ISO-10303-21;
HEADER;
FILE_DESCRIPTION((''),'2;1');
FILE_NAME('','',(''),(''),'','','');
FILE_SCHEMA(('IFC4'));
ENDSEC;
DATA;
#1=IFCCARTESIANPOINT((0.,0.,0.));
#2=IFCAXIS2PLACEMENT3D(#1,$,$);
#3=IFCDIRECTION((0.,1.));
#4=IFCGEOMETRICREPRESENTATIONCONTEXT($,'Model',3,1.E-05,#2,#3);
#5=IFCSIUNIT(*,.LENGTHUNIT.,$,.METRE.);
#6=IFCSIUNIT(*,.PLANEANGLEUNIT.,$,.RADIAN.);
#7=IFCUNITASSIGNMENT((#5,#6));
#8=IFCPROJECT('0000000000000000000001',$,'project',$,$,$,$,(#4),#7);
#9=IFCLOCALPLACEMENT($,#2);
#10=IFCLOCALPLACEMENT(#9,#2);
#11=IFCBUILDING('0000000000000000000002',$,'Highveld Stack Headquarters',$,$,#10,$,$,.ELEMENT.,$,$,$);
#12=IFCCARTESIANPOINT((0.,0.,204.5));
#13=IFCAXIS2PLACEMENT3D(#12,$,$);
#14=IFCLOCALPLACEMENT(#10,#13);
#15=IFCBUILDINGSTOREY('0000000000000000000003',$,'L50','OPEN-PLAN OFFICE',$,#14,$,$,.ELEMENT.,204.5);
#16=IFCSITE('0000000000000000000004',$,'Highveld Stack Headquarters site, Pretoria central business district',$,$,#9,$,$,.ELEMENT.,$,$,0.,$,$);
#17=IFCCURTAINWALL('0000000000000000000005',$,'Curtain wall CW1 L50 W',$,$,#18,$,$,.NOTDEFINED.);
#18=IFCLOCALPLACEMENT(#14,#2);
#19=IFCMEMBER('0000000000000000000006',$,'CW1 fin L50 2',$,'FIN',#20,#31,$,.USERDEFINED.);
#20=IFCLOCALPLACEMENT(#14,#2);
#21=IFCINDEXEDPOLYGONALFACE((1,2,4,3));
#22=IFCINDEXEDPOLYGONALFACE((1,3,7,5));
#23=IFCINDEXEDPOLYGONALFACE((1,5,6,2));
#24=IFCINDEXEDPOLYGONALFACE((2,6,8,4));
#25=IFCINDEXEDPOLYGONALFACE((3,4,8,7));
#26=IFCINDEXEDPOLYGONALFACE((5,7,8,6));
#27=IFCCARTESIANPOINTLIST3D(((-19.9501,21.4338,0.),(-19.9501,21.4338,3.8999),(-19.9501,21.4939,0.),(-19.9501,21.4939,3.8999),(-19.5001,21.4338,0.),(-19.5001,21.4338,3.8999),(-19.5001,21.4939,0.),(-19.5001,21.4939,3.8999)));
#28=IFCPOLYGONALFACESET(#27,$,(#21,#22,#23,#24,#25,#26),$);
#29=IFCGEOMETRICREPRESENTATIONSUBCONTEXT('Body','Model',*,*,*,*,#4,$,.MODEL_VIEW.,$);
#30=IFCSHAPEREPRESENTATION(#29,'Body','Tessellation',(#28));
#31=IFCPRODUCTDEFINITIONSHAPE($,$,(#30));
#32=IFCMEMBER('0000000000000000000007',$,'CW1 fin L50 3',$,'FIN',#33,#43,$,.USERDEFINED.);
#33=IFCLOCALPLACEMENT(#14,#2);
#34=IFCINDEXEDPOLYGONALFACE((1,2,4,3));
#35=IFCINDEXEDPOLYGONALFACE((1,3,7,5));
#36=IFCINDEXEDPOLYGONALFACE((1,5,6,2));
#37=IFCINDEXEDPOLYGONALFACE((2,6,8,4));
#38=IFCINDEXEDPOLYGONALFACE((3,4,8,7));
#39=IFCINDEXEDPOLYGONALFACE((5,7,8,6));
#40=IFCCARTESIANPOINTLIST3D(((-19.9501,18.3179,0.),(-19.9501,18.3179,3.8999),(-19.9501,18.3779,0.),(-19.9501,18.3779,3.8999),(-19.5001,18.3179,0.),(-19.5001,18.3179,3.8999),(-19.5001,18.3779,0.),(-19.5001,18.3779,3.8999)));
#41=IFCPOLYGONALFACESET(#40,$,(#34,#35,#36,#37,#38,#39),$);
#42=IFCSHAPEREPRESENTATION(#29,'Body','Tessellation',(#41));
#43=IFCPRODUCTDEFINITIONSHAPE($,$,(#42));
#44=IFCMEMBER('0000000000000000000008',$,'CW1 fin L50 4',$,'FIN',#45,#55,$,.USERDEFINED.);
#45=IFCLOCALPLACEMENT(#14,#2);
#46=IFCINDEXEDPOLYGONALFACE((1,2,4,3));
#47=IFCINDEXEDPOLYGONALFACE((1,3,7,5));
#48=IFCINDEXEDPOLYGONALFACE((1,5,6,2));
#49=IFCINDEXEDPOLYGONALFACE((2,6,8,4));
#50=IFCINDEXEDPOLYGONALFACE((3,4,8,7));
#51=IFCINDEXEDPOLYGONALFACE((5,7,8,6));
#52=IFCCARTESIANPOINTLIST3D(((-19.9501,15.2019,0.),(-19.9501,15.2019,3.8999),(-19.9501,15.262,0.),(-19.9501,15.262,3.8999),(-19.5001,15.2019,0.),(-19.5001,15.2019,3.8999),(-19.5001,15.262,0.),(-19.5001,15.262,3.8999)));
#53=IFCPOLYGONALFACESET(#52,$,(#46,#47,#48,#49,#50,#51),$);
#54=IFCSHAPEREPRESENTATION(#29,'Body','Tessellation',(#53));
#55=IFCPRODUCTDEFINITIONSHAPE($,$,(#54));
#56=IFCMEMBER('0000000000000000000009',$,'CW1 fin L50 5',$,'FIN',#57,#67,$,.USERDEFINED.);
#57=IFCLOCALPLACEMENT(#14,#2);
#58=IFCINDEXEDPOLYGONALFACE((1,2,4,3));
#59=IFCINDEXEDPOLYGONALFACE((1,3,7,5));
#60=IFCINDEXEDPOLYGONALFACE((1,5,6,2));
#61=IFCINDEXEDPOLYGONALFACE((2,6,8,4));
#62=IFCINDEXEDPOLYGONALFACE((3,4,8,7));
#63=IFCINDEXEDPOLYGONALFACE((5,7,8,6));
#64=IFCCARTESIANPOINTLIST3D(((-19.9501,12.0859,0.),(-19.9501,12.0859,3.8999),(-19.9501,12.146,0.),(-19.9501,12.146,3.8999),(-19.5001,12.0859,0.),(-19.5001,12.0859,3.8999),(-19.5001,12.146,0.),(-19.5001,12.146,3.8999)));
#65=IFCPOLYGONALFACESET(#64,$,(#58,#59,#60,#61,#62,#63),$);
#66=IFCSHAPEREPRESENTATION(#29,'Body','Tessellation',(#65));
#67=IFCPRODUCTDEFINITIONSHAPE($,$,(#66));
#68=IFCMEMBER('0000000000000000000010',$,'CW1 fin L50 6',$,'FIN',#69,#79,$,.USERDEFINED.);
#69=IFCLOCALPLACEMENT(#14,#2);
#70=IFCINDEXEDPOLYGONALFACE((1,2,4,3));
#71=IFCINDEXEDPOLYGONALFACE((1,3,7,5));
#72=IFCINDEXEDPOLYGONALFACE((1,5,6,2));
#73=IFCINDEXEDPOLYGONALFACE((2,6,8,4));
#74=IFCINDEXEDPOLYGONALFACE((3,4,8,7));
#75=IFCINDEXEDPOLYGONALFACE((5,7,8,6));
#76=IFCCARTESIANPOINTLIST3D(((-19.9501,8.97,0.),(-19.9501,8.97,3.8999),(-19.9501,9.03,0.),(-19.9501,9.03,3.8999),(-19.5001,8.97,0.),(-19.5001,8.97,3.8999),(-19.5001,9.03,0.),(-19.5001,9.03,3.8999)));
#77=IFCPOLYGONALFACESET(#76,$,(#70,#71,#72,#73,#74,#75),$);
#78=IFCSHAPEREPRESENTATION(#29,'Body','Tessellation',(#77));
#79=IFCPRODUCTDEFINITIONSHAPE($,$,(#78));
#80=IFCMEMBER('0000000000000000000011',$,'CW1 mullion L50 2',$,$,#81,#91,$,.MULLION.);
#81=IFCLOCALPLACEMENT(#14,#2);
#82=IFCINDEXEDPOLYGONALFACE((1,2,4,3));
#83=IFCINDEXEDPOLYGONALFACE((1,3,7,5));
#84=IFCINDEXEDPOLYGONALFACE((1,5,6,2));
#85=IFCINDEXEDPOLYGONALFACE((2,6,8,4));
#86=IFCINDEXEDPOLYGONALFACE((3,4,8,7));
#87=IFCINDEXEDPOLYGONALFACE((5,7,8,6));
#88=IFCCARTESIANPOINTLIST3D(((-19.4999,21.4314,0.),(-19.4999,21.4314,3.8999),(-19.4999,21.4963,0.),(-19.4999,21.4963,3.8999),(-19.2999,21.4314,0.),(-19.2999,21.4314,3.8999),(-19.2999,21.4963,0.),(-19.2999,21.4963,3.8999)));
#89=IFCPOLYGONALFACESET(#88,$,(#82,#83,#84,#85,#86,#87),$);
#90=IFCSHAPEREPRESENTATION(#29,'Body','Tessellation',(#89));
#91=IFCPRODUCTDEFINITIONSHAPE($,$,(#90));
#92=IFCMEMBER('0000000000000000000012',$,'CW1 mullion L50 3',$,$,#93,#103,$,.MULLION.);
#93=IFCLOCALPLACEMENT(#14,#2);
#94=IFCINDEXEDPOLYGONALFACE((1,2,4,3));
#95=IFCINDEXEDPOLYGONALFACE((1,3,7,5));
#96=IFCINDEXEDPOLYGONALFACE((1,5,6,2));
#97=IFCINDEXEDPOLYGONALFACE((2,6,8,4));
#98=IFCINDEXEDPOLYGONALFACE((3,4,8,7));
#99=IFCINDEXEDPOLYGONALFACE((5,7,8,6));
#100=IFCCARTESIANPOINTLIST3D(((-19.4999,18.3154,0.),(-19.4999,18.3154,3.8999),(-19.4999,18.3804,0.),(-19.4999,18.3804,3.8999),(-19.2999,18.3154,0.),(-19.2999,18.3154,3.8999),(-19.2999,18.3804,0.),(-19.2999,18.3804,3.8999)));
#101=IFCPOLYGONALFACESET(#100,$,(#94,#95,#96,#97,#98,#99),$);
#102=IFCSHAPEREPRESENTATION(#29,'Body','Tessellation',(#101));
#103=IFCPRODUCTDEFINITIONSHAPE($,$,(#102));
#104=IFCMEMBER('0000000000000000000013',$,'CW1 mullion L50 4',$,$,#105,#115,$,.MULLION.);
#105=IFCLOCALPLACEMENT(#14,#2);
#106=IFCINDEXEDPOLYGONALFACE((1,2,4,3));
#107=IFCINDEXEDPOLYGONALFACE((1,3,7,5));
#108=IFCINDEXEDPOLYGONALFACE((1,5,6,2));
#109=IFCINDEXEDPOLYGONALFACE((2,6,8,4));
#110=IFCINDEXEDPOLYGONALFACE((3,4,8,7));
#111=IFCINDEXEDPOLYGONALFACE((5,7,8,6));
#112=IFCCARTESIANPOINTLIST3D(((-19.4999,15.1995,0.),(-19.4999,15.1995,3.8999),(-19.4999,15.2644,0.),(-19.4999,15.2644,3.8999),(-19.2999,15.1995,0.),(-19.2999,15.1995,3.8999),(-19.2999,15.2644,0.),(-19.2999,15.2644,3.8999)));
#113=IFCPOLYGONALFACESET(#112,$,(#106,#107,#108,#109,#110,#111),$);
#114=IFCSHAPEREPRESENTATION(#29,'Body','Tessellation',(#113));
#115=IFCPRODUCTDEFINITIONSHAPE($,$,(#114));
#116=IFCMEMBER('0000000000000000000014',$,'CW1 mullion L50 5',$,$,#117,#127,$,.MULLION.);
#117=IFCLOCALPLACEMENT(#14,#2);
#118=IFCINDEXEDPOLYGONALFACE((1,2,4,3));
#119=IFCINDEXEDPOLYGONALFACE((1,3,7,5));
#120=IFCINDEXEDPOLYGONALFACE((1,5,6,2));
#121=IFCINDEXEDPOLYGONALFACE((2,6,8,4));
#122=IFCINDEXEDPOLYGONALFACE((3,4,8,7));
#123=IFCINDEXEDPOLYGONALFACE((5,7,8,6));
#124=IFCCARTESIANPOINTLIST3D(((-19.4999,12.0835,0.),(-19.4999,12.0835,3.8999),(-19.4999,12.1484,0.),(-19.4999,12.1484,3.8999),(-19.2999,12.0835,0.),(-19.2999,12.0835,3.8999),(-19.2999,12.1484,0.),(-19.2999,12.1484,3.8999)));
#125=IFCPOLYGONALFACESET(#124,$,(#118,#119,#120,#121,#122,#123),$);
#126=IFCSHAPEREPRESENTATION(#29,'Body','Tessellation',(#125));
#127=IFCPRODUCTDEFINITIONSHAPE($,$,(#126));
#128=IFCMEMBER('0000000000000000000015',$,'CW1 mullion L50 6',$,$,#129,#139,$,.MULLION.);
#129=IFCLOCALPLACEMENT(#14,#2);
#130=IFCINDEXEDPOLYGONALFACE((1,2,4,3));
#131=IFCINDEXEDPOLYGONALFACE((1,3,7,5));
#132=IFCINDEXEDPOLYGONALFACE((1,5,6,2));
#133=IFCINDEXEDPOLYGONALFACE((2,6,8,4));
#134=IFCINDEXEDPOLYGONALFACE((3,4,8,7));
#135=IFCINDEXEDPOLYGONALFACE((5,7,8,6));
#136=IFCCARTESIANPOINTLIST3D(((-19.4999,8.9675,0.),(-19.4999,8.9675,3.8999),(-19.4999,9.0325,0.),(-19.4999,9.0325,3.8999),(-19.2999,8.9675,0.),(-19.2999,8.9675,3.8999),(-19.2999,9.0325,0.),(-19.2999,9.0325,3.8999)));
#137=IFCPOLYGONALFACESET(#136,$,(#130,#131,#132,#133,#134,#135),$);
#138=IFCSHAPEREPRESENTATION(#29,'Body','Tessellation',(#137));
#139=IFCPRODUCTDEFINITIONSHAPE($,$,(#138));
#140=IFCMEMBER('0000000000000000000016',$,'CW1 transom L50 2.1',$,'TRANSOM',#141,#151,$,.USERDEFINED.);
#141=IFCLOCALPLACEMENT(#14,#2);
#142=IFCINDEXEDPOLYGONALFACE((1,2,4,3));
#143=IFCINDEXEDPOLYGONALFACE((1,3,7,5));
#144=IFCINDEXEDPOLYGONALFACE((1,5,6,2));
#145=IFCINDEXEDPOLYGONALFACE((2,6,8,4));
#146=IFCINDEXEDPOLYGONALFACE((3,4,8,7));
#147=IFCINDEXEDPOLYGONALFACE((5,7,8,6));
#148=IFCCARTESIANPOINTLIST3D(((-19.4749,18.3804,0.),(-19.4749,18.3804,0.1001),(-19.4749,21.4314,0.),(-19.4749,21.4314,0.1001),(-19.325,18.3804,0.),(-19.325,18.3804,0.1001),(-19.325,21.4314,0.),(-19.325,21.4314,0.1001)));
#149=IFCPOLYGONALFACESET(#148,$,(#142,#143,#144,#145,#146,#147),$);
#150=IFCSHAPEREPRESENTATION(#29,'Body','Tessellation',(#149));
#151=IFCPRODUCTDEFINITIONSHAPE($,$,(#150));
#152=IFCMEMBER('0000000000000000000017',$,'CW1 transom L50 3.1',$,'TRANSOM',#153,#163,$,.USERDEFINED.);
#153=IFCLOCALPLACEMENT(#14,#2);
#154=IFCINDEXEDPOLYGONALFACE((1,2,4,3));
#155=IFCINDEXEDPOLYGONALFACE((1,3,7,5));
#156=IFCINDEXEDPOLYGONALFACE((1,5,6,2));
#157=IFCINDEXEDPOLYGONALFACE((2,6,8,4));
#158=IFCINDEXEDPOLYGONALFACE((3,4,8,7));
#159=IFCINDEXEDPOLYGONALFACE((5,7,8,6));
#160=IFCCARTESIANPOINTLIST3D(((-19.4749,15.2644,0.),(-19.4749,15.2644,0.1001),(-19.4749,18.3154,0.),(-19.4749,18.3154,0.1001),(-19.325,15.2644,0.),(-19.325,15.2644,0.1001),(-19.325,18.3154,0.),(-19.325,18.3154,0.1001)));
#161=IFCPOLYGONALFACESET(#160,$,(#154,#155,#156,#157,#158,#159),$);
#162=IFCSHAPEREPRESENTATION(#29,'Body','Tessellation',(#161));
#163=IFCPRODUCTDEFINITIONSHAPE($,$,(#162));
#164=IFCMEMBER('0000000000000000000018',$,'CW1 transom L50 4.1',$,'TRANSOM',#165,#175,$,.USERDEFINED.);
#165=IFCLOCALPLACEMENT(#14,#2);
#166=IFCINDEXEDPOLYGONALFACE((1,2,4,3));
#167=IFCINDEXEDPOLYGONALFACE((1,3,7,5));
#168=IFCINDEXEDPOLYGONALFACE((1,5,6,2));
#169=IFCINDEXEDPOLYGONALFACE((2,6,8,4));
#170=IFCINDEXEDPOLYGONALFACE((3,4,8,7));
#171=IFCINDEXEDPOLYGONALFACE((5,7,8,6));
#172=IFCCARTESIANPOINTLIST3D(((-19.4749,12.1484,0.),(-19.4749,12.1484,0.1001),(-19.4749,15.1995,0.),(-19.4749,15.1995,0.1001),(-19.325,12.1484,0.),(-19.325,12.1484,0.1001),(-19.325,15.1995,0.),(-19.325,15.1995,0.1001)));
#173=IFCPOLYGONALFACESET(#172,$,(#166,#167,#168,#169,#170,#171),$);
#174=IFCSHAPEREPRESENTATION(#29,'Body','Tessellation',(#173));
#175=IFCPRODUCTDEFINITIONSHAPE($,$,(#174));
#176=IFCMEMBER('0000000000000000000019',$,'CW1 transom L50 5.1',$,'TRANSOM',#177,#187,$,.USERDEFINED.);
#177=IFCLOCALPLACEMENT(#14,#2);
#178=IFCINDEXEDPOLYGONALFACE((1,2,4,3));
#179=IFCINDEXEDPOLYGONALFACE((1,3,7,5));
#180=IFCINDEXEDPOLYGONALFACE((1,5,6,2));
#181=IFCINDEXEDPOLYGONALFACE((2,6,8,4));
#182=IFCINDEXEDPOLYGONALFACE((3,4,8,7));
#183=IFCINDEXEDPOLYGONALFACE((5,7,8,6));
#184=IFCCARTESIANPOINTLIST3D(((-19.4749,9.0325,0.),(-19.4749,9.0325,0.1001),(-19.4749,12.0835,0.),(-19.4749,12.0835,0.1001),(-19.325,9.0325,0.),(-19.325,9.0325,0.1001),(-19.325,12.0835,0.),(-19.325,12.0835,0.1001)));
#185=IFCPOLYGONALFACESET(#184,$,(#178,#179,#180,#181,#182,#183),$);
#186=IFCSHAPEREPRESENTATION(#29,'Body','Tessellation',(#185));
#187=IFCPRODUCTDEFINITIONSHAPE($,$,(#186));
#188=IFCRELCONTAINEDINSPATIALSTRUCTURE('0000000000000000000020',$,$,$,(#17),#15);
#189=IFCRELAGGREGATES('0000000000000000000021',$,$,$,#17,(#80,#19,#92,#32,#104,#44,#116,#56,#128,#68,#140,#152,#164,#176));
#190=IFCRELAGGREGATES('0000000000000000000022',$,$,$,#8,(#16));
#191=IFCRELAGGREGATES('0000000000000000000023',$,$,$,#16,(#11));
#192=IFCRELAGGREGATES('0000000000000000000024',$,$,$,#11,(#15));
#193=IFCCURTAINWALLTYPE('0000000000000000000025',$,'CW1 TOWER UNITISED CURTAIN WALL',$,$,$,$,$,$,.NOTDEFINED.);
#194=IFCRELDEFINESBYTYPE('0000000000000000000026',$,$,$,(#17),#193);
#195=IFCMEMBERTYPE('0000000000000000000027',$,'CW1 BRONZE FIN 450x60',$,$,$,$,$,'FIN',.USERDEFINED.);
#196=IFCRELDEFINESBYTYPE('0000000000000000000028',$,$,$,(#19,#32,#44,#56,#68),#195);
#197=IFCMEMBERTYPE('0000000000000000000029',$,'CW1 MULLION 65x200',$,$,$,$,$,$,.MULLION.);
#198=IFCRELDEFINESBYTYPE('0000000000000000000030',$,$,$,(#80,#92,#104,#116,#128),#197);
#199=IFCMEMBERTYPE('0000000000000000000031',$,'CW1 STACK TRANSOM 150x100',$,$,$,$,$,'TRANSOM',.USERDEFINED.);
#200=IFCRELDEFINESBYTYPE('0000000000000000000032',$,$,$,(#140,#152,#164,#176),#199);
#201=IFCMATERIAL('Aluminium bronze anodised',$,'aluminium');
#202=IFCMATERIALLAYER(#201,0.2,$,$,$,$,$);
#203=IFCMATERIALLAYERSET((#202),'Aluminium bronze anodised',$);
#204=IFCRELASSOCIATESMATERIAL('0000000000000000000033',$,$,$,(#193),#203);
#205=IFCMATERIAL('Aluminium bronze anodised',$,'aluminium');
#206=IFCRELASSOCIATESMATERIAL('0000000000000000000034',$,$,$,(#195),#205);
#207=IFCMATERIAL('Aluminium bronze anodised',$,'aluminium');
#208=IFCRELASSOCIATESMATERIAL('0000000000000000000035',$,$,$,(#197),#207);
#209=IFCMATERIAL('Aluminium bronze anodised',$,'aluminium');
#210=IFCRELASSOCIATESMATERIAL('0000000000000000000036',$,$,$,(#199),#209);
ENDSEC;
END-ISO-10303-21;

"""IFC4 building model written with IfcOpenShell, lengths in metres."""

from ifc_helpers import new_model, si_unit, direction, frame, origin, origin_2d, place, context, subcontext, project, spatial, rectangle, extrude, material, layer, layer_set, material_profile, profile_set, type_object, element, aggregate, save


model = new_model("IFC4")

# Units and contexts
model_context = context("Model", 3, precision=1e-05, world=origin(), true_north=direction((0.0, 1.0)))
body_context = subcontext(model_context, "Body", "Model", "MODEL_VIEW")
ifc_project = project(units=[si_unit("LENGTHUNIT", "METRE"), si_unit("PLANEANGLEUNIT", "RADIAN")], contexts=[model_context])

# Site, building, storey
site_placement = place(None, origin())
site = spatial("IfcSite", under=ifc_project, at=site_placement, Name="Highveld Stack Headquarters site, Pretoria central business district", CompositionType="ELEMENT", RefElevation=0.0)
building_placement = place(site_placement, origin())
building = spatial("IfcBuilding", under=site, at=building_placement, Name="Highveld Stack Headquarters", CompositionType="ELEMENT")
storey_placement = place(building_placement, frame((0.0, 0.0, 204.5)))
storey = spatial("IfcBuildingStorey", under=building, at=storey_placement, Name="L50", Description="OPEN-PLAN OFFICE", CompositionType="ELEMENT", Elevation=204.5)

# Curtain wall, members
ifc_material_1 = material(Name="Aluminium bronze anodised", Category="aluminium")
ifc_layer_1 = layer(ifc_material_1, 0.2)
ifc_layer_set_1 = layer_set([ifc_layer_1], Name="Aluminium bronze anodised")
curtain_wall_type = type_object("IfcCurtainWallType", Name="CW1 TOWER UNITISED CURTAIN WALL", PredefinedType="NOTDEFINED", material=ifc_layer_set_1)
curtain_wall_placement = place(storey_placement, origin())
curtain_wall = element("IfcCurtainWall", 1, at=curtain_wall_placement, inside=storey, type_object=curtain_wall_type, Name="Curtain wall CW1 L50 W", PredefinedType="NOTDEFINED")
ifc_material_2 = material(Name="Aluminium bronze anodised", Category="aluminium")
ifc_material_profile_1 = material_profile(ifc_material_2, rectangle(XDim=0.45, YDim=0.0601, at=origin_2d()), Name="FIN 450x60")
ifc_profile_set_1 = profile_set([ifc_material_profile_1], Name="Aluminium bronze anodised")
member_type_1 = type_object("IfcMemberType", Name="CW1 BRONZE FIN 450x60", ElementType="FIN", PredefinedType="USERDEFINED", material=ifc_profile_set_1)
member_1_placement = place(storey_placement, frame((-19.7251, 21.4639, 0.0), z_axis=(0.0, 0.0, 1.0), x_axis=(1.0, 0.0, 0.0)))
member_1 = element("IfcMember", 2, at=member_1_placement, type_object=member_type_1, Name="CW1 fin L50 2", ObjectType="FIN", PredefinedType="USERDEFINED", context=body_context, shape_type="SweptSolid", body=[
    extrude(rectangle(XDim=0.45, YDim=0.0601, at=origin_2d()), origin(), (0.0, 0.0, 1.0), 3.8999),
])
member_2_placement = place(storey_placement, frame((-19.7251, 18.3479, 0.0), z_axis=(0.0, 0.0, 1.0), x_axis=(1.0, 0.0, 0.0)))
member_2 = element("IfcMember", 3, at=member_2_placement, type_object=member_type_1, Name="CW1 fin L50 3", ObjectType="FIN", PredefinedType="USERDEFINED", context=body_context, shape_type="SweptSolid", body=[
    extrude(rectangle(XDim=0.45, YDim=0.0601, at=origin_2d()), origin(), (0.0, 0.0, 1.0), 3.8999),
])
member_3_placement = place(storey_placement, frame((-19.7251, 15.2319, 0.0), z_axis=(0.0, 0.0, 1.0), x_axis=(1.0, 0.0, 0.0)))
member_3 = element("IfcMember", 4, at=member_3_placement, type_object=member_type_1, Name="CW1 fin L50 4", ObjectType="FIN", PredefinedType="USERDEFINED", context=body_context, shape_type="SweptSolid", body=[
    extrude(rectangle(XDim=0.45, YDim=0.0601, at=origin_2d()), origin(), (0.0, 0.0, 1.0), 3.8999),
])
member_4_placement = place(storey_placement, frame((-19.7251, 12.116, 0.0), z_axis=(0.0, 0.0, 1.0), x_axis=(1.0, 0.0, 0.0)))
member_4 = element("IfcMember", 5, at=member_4_placement, type_object=member_type_1, Name="CW1 fin L50 5", ObjectType="FIN", PredefinedType="USERDEFINED", context=body_context, shape_type="SweptSolid", body=[
    extrude(rectangle(XDim=0.45, YDim=0.0601, at=origin_2d()), origin(), (0.0, 0.0, 1.0), 3.8999),
])
member_5_placement = place(storey_placement, frame((-19.7251, 9.0, 0.0), z_axis=(0.0, 0.0, 1.0), x_axis=(1.0, 0.0, 0.0)))
member_5 = element("IfcMember", 6, at=member_5_placement, type_object=member_type_1, Name="CW1 fin L50 6", ObjectType="FIN", PredefinedType="USERDEFINED", context=body_context, shape_type="SweptSolid", body=[
    extrude(rectangle(XDim=0.45, YDim=0.0601, at=origin_2d()), origin(), (0.0, 0.0, 1.0), 3.8999),
])
ifc_material_3 = material(Name="Aluminium bronze anodised", Category="aluminium")
ifc_material_profile_2 = material_profile(ifc_material_3, rectangle(XDim=0.2, YDim=0.0649, at=origin_2d()), Name="CW1 MULLION 65x200")
ifc_profile_set_2 = profile_set([ifc_material_profile_2], Name="Aluminium bronze anodised")
member_type_2 = type_object("IfcMemberType", Name="CW1 MULLION 65x200", PredefinedType="MULLION", material=ifc_profile_set_2)
member_6_placement = place(storey_placement, frame((-19.3999, 21.4639, 0.0), z_axis=(0.0, 0.0, 1.0), x_axis=(1.0, 0.0, 0.0)))
member_6 = element("IfcMember", 7, at=member_6_placement, type_object=member_type_2, Name="CW1 mullion L50 2", PredefinedType="MULLION", context=body_context, shape_type="SweptSolid", body=[
    extrude(rectangle(XDim=0.2, YDim=0.0649, at=origin_2d()), origin(), (0.0, 0.0, 1.0), 3.8999),
])
member_7_placement = place(storey_placement, frame((-19.3999, 18.3479, 0.0), z_axis=(0.0, 0.0, 1.0), x_axis=(1.0, 0.0, 0.0)))
member_7 = element("IfcMember", 8, at=member_7_placement, type_object=member_type_2, Name="CW1 mullion L50 3", PredefinedType="MULLION", context=body_context, shape_type="SweptSolid", body=[
    extrude(rectangle(XDim=0.2, YDim=0.0649, at=origin_2d()), origin(), (0.0, 0.0, 1.0), 3.8999),
])
member_8_placement = place(storey_placement, frame((-19.3999, 15.2319, 0.0), z_axis=(0.0, 0.0, 1.0), x_axis=(1.0, 0.0, 0.0)))
member_8 = element("IfcMember", 9, at=member_8_placement, type_object=member_type_2, Name="CW1 mullion L50 4", PredefinedType="MULLION", context=body_context, shape_type="SweptSolid", body=[
    extrude(rectangle(XDim=0.2, YDim=0.0649, at=origin_2d()), origin(), (0.0, 0.0, 1.0), 3.8999),
])
member_9_placement = place(storey_placement, frame((-19.3999, 12.116, 0.0), z_axis=(0.0, 0.0, 1.0), x_axis=(1.0, 0.0, 0.0)))
member_9 = element("IfcMember", 10, at=member_9_placement, type_object=member_type_2, Name="CW1 mullion L50 5", PredefinedType="MULLION", context=body_context, shape_type="SweptSolid", body=[
    extrude(rectangle(XDim=0.2, YDim=0.0649, at=origin_2d()), origin(), (0.0, 0.0, 1.0), 3.8999),
])
member_10_placement = place(storey_placement, frame((-19.3999, 9.0, 0.0), z_axis=(0.0, 0.0, 1.0), x_axis=(1.0, 0.0, 0.0)))
member_10 = element("IfcMember", 11, at=member_10_placement, type_object=member_type_2, Name="CW1 mullion L50 6", PredefinedType="MULLION", context=body_context, shape_type="SweptSolid", body=[
    extrude(rectangle(XDim=0.2, YDim=0.0649, at=origin_2d()), origin(), (0.0, 0.0, 1.0), 3.8999),
])
ifc_material_4 = material(Name="Aluminium bronze anodised", Category="aluminium")
ifc_material_profile_3 = material_profile(ifc_material_4, rectangle(XDim=0.1499, YDim=0.1001, at=origin_2d()), Name="CW1 TRANSOM 150x100")
ifc_profile_set_3 = profile_set([ifc_material_profile_3], Name="Aluminium bronze anodised")
member_type_3 = type_object("IfcMemberType", Name="CW1 STACK TRANSOM 150x100", ElementType="TRANSOM", PredefinedType="USERDEFINED", material=ifc_profile_set_3)
member_11_placement = place(storey_placement, frame((-19.3999, 21.4314, 0.05), z_axis=(0.0, -1.0, 0.0), x_axis=(1.0, 0.0, 0.0)))
member_11 = element("IfcMember", 12, at=member_11_placement, type_object=member_type_3, Name="CW1 transom L50 2.1", ObjectType="TRANSOM", PredefinedType="USERDEFINED", context=body_context, shape_type="SweptSolid", body=[
    extrude(rectangle(XDim=0.1499, YDim=0.1001, at=origin_2d()), origin(), (0.0, 0.0, 1.0), 3.051),
])
member_12_placement = place(storey_placement, frame((-19.3999, 18.3154, 0.05), z_axis=(0.0, -1.0, 0.0), x_axis=(1.0, 0.0, 0.0)))
member_12 = element("IfcMember", 13, at=member_12_placement, type_object=member_type_3, Name="CW1 transom L50 3.1", ObjectType="TRANSOM", PredefinedType="USERDEFINED", context=body_context, shape_type="SweptSolid", body=[
    extrude(rectangle(XDim=0.1499, YDim=0.1001, at=origin_2d()), origin(), (0.0, 0.0, 1.0), 3.051),
])
member_13_placement = place(storey_placement, frame((-19.3999, 15.1995, 0.05), z_axis=(0.0, -1.0, 0.0), x_axis=(1.0, 0.0, 0.0)))
member_13 = element("IfcMember", 14, at=member_13_placement, type_object=member_type_3, Name="CW1 transom L50 4.1", ObjectType="TRANSOM", PredefinedType="USERDEFINED", context=body_context, shape_type="SweptSolid", body=[
    extrude(rectangle(XDim=0.1499, YDim=0.1001, at=origin_2d()), origin(), (0.0, 0.0, 1.0), 3.051),
])
member_14_placement = place(storey_placement, frame((-19.3999, 12.0835, 0.05), z_axis=(0.0, -1.0, 0.0), x_axis=(1.0, 0.0, 0.0)))
member_14 = element("IfcMember", 15, at=member_14_placement, type_object=member_type_3, Name="CW1 transom L50 5.1", ObjectType="TRANSOM", PredefinedType="USERDEFINED", context=body_context, shape_type="SweptSolid", body=[
    extrude(rectangle(XDim=0.1499, YDim=0.1001, at=origin_2d()), origin(), (0.0, 0.0, 1.0), 3.051),
])
aggregate(curtain_wall, [member_6, member_1, member_7, member_2, member_8, member_3, member_9, member_4, member_10, member_5, member_11, member_12, member_13, member_14])

save(model, "model.ifc")
